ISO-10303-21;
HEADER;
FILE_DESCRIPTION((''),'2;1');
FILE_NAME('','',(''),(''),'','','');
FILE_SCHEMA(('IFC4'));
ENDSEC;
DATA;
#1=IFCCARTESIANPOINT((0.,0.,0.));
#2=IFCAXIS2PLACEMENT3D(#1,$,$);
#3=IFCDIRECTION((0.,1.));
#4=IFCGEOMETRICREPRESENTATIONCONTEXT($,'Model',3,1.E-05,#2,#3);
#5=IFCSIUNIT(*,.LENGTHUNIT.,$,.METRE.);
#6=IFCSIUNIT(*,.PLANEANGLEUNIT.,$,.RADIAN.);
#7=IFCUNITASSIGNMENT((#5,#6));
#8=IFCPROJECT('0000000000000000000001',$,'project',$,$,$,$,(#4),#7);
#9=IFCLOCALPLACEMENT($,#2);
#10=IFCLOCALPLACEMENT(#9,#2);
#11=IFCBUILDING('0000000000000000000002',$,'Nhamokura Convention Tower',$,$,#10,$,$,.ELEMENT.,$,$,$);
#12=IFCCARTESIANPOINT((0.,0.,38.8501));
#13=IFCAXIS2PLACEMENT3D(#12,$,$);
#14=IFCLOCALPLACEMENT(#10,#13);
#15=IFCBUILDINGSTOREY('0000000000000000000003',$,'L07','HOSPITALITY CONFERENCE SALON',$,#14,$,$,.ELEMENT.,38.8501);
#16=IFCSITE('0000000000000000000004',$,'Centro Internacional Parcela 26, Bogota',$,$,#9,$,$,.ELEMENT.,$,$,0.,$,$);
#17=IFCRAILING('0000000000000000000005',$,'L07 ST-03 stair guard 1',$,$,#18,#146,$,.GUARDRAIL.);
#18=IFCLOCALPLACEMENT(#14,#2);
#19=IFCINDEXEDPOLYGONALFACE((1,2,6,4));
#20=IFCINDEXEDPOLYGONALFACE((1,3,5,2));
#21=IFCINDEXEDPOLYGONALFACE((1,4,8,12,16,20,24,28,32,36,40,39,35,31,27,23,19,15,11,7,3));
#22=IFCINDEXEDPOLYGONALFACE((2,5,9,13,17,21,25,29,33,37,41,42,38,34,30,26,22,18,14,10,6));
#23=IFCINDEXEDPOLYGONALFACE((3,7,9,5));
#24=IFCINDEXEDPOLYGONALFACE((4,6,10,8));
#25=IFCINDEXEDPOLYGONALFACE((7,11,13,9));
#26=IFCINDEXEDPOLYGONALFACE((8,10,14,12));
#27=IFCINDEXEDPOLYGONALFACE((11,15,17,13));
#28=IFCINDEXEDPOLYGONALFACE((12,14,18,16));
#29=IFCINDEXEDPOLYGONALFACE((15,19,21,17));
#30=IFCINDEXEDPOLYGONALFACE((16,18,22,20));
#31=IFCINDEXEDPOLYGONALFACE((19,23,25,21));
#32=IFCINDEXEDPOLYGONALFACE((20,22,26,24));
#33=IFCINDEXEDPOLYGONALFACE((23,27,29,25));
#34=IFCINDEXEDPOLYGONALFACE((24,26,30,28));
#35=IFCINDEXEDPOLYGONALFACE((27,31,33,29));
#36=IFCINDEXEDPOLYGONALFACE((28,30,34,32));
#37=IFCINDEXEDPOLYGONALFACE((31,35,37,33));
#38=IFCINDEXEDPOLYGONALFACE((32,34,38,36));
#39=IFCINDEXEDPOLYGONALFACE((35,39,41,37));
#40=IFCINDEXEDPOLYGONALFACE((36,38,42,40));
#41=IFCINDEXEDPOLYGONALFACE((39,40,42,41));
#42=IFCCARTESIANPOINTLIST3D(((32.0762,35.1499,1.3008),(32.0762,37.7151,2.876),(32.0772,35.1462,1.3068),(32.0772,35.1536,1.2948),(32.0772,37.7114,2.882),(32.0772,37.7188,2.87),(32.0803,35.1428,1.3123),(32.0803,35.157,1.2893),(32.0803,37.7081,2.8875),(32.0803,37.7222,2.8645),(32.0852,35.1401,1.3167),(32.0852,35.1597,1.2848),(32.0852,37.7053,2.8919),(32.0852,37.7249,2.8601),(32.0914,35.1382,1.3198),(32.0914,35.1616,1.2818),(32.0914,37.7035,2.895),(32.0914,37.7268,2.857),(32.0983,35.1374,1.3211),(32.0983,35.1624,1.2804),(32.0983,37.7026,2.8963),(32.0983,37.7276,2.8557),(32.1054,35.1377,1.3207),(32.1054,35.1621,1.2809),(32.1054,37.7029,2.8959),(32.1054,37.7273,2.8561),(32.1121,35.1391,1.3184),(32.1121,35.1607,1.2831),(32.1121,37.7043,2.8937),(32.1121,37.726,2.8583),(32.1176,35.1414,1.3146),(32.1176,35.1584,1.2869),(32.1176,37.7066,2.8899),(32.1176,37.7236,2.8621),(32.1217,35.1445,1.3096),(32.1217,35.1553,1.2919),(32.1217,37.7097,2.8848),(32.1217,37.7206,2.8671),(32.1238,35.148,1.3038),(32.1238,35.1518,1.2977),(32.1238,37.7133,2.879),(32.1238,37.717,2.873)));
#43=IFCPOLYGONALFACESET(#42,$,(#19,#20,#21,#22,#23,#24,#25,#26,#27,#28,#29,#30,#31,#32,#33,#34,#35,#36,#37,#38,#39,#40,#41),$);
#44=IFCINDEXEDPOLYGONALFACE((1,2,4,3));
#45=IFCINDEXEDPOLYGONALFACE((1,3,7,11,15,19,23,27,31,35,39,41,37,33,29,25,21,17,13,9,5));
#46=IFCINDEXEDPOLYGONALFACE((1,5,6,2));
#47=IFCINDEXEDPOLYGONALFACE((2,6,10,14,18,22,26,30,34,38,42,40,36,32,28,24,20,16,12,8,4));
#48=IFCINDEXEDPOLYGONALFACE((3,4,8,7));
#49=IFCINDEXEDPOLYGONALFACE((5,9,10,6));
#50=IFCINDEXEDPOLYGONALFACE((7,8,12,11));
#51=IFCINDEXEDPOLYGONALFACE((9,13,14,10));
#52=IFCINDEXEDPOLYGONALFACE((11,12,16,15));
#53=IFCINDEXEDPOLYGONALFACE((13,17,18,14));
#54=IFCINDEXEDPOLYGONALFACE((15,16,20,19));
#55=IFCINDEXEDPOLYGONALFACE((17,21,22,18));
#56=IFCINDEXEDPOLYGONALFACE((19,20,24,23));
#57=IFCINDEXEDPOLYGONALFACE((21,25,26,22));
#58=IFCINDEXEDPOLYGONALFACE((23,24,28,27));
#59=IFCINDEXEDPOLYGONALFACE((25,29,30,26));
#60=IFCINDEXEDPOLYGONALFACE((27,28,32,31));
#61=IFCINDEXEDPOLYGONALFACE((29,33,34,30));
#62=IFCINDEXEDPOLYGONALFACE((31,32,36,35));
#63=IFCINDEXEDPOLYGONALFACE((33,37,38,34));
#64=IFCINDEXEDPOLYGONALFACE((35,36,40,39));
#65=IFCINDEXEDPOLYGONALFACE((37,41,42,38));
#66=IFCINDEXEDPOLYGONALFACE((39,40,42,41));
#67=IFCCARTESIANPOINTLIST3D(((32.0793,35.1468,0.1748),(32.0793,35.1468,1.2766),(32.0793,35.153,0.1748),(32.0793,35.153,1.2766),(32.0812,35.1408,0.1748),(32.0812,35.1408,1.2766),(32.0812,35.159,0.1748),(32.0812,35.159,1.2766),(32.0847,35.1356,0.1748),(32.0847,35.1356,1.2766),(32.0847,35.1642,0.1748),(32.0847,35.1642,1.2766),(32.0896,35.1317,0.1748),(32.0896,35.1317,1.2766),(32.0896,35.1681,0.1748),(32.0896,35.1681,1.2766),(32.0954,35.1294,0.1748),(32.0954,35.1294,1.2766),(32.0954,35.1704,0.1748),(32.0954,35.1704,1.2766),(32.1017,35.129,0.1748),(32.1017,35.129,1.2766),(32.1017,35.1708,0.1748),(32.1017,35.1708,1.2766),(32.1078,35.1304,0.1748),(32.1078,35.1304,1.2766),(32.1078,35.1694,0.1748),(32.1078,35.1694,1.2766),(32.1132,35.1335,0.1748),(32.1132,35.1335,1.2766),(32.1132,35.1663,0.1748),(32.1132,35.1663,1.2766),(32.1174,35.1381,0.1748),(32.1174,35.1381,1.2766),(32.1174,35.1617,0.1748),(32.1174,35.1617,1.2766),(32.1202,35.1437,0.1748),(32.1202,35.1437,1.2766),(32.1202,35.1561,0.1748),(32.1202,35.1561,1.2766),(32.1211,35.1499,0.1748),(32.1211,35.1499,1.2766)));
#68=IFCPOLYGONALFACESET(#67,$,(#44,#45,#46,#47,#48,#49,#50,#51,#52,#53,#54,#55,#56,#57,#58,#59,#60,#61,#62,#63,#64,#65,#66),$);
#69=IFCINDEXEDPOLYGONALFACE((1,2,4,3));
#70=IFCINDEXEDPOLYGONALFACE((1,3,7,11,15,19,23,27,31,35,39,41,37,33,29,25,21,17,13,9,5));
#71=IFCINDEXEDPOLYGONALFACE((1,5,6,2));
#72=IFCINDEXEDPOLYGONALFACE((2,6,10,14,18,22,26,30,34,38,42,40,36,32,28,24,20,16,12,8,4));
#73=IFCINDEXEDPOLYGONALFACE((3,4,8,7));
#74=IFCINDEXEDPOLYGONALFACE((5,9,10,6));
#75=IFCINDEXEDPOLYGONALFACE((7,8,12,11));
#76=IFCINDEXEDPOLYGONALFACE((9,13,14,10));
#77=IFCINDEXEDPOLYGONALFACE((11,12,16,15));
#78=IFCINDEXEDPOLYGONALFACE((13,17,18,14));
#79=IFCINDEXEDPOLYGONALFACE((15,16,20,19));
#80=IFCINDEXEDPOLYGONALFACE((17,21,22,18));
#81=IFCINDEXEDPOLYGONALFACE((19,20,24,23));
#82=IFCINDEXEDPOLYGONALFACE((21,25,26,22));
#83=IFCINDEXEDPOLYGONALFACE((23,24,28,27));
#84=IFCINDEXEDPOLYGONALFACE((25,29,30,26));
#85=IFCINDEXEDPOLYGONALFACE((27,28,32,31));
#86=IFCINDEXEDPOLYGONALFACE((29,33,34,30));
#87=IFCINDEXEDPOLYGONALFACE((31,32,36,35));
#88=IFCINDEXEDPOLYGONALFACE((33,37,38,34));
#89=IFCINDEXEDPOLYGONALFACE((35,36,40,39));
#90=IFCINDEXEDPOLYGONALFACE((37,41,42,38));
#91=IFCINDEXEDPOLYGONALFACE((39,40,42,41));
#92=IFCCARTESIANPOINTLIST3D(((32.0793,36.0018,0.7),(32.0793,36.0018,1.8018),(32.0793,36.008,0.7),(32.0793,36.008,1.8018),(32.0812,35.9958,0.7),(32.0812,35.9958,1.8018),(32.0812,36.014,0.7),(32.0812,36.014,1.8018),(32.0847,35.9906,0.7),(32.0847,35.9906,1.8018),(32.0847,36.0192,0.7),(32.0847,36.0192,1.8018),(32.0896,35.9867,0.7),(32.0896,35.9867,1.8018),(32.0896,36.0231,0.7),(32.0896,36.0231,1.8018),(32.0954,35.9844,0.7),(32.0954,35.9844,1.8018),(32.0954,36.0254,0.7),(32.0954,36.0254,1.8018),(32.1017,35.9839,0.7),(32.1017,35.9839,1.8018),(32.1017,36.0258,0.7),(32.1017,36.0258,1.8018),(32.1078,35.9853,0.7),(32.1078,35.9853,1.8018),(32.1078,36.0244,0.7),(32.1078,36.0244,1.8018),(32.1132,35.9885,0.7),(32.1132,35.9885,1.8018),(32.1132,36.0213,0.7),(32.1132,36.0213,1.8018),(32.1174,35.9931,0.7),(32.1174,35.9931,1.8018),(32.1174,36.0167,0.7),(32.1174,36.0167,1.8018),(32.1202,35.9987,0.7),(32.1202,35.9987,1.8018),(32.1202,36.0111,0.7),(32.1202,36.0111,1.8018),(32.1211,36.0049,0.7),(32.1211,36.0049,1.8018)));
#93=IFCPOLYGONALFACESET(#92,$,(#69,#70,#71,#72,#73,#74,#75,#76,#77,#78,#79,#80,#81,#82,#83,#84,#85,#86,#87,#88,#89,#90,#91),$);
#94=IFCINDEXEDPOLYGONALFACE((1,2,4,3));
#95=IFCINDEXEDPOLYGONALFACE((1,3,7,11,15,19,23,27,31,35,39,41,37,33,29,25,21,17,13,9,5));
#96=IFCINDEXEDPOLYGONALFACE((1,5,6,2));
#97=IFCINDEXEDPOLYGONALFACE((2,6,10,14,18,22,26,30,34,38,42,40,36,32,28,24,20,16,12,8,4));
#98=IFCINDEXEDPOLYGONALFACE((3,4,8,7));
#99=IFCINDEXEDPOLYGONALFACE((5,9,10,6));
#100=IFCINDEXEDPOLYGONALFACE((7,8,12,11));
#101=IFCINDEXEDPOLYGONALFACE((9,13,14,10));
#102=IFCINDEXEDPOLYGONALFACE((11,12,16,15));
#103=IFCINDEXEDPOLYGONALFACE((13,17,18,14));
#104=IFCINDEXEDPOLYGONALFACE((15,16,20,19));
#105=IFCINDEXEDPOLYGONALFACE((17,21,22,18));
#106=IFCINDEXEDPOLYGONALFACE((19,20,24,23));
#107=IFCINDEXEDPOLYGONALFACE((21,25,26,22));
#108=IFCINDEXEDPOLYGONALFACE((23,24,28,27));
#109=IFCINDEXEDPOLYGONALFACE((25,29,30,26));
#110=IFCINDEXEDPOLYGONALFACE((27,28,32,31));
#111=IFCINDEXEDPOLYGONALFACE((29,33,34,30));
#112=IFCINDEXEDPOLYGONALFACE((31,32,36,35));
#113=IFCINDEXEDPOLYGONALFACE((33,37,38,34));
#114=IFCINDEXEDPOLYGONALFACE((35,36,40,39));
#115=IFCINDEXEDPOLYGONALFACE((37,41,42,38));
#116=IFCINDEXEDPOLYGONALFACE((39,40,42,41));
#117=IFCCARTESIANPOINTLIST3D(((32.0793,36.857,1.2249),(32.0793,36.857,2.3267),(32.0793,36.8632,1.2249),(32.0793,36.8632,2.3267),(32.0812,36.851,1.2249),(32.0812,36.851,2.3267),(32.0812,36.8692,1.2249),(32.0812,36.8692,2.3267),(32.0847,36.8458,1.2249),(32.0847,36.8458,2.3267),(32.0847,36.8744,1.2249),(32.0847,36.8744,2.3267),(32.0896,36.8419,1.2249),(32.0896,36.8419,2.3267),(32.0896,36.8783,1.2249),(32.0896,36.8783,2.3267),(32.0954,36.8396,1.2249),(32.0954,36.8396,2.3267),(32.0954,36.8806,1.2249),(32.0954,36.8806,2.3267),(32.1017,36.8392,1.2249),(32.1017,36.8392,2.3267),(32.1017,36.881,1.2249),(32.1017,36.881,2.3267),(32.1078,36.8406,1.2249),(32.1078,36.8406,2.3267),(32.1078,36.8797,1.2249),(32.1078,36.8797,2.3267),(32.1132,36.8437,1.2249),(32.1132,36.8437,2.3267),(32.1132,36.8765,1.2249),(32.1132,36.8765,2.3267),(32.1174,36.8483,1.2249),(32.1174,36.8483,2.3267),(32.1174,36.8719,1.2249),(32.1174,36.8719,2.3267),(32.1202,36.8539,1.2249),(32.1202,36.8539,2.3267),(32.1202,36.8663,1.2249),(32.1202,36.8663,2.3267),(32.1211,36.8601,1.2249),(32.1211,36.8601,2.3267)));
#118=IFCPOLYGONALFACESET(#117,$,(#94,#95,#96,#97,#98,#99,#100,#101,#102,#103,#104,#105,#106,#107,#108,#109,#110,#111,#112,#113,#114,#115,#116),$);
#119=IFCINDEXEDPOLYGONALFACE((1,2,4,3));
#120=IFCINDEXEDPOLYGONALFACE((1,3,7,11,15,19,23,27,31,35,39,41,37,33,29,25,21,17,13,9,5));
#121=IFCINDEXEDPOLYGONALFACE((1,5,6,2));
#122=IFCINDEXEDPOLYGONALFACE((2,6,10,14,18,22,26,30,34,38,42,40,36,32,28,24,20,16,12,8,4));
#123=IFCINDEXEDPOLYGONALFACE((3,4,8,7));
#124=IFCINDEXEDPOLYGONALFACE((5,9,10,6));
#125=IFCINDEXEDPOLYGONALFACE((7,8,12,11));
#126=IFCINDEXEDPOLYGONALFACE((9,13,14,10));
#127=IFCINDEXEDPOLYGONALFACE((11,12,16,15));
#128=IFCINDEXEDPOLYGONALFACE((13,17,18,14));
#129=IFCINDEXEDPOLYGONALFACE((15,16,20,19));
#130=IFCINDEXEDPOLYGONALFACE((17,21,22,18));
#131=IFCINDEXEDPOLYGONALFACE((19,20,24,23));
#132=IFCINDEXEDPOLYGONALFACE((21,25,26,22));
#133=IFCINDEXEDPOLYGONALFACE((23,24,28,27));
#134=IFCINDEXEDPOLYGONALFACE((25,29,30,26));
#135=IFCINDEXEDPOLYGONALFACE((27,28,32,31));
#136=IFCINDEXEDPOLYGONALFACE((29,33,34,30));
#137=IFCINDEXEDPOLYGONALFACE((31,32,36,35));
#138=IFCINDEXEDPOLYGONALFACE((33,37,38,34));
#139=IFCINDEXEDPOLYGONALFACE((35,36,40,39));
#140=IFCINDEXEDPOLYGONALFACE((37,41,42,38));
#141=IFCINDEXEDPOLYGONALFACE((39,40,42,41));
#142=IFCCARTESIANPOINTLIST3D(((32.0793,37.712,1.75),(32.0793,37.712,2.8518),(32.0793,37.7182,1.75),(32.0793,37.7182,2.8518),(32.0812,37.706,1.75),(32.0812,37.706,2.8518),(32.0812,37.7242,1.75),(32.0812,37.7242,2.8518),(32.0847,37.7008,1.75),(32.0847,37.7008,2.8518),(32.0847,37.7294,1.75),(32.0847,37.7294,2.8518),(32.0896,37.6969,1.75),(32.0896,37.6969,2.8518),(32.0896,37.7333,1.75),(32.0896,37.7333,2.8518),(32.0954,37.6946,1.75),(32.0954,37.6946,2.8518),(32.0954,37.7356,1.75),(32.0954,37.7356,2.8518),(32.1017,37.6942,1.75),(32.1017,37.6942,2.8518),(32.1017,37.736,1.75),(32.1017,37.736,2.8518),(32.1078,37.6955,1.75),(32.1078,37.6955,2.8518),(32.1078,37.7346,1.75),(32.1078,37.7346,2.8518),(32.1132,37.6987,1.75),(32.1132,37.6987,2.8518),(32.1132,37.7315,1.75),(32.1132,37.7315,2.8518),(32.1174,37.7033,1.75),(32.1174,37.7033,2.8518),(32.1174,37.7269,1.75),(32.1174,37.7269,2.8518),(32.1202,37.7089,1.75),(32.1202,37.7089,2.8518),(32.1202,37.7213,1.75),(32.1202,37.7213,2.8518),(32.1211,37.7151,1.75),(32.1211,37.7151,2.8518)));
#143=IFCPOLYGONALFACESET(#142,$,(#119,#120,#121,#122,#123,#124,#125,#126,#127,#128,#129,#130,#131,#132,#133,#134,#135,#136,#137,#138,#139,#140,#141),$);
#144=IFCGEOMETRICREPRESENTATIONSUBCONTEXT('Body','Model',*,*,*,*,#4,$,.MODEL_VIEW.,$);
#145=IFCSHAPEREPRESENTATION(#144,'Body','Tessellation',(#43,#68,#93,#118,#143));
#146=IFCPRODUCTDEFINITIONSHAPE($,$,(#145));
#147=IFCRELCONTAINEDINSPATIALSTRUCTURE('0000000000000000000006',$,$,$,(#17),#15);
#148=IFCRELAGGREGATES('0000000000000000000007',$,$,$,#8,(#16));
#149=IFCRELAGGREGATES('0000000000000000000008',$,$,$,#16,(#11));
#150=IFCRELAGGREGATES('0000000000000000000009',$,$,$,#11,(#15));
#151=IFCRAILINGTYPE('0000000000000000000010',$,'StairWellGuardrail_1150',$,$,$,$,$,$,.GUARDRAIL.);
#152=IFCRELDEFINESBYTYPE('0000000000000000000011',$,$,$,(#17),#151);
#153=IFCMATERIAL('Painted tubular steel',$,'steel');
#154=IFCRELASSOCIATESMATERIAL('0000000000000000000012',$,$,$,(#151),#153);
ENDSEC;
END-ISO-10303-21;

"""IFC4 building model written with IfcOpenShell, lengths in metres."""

from ifc_helpers import new_model, si_unit, direction, frame, origin, origin_2d, place, context, subcontext, project, spatial, circle, extrude, material, type_object, element, save


model = new_model("IFC4")

# Units and contexts
model_context = context("Model", 3, precision=1e-05, world=origin(), true_north=direction((0.0, 1.0)))
body_context = subcontext(model_context, "Body", "Model", "MODEL_VIEW")
ifc_project = project(units=[si_unit("LENGTHUNIT", "METRE"), si_unit("PLANEANGLEUNIT", "RADIAN")], contexts=[model_context])

# Site, building, storey
site_placement = place(None, origin())
site = spatial("IfcSite", under=ifc_project, at=site_placement, Name="Centro Internacional Parcela 26, Bogota", CompositionType="ELEMENT", RefElevation=0.0)
building_placement = place(site_placement, origin())
building = spatial("IfcBuilding", under=site, at=building_placement, Name="Nhamokura Convention Tower", CompositionType="ELEMENT")
storey_placement = place(building_placement, frame((0.0, 0.0, 38.8501)))
storey = spatial("IfcBuildingStorey", under=building, at=storey_placement, Name="L07", Description="HOSPITALITY CONFERENCE SALON", CompositionType="ELEMENT", Elevation=38.8501)

# Railing
ifc_material_1 = material(Name="Painted tubular steel", Category="steel")
railing_type_1 = type_object("IfcRailingType", Name="StairWellGuardrail_1150", PredefinedType="GUARDRAIL", material=ifc_material_1)
railing_1_placement = place(storey_placement, frame((32.1001, 35.1499, 0.1748)))
element("IfcRailing", 1, at=railing_1_placement, inside=storey, type_object=railing_type_1, Name="L07 ST-03 stair guard 1", PredefinedType="GUARDRAIL", context=body_context, shape_type="SweptSolid", body=[
    extrude(circle(Radius=0.0239, at=origin_2d()), frame((0.0, 0.0, 1.126), z_axis=(0.0, 0.852159, 0.523283), x_axis=(-1.0, 0.0, 0.0)), (0.0, 0.0, 1.0), 3.0103),
    extrude(circle(Radius=0.021, at=origin_2d()), origin(), (0.0, 0.0, 1.0), 1.1018),
    extrude(circle(Radius=0.021, at=origin_2d()), frame((0.0, 0.855, 0.5251)), (0.0, 0.0, 1.0), 1.1018),
    extrude(circle(Radius=0.021, at=origin_2d()), frame((0.0, 1.7102, 1.05)), (0.0, 0.0, 1.0), 1.1018),
    extrude(circle(Radius=0.021, at=origin_2d()), frame((0.0, 2.5652, 1.5752)), (0.0, 0.0, 1.0), 1.1018),
])

save(model, "model.ifc")
